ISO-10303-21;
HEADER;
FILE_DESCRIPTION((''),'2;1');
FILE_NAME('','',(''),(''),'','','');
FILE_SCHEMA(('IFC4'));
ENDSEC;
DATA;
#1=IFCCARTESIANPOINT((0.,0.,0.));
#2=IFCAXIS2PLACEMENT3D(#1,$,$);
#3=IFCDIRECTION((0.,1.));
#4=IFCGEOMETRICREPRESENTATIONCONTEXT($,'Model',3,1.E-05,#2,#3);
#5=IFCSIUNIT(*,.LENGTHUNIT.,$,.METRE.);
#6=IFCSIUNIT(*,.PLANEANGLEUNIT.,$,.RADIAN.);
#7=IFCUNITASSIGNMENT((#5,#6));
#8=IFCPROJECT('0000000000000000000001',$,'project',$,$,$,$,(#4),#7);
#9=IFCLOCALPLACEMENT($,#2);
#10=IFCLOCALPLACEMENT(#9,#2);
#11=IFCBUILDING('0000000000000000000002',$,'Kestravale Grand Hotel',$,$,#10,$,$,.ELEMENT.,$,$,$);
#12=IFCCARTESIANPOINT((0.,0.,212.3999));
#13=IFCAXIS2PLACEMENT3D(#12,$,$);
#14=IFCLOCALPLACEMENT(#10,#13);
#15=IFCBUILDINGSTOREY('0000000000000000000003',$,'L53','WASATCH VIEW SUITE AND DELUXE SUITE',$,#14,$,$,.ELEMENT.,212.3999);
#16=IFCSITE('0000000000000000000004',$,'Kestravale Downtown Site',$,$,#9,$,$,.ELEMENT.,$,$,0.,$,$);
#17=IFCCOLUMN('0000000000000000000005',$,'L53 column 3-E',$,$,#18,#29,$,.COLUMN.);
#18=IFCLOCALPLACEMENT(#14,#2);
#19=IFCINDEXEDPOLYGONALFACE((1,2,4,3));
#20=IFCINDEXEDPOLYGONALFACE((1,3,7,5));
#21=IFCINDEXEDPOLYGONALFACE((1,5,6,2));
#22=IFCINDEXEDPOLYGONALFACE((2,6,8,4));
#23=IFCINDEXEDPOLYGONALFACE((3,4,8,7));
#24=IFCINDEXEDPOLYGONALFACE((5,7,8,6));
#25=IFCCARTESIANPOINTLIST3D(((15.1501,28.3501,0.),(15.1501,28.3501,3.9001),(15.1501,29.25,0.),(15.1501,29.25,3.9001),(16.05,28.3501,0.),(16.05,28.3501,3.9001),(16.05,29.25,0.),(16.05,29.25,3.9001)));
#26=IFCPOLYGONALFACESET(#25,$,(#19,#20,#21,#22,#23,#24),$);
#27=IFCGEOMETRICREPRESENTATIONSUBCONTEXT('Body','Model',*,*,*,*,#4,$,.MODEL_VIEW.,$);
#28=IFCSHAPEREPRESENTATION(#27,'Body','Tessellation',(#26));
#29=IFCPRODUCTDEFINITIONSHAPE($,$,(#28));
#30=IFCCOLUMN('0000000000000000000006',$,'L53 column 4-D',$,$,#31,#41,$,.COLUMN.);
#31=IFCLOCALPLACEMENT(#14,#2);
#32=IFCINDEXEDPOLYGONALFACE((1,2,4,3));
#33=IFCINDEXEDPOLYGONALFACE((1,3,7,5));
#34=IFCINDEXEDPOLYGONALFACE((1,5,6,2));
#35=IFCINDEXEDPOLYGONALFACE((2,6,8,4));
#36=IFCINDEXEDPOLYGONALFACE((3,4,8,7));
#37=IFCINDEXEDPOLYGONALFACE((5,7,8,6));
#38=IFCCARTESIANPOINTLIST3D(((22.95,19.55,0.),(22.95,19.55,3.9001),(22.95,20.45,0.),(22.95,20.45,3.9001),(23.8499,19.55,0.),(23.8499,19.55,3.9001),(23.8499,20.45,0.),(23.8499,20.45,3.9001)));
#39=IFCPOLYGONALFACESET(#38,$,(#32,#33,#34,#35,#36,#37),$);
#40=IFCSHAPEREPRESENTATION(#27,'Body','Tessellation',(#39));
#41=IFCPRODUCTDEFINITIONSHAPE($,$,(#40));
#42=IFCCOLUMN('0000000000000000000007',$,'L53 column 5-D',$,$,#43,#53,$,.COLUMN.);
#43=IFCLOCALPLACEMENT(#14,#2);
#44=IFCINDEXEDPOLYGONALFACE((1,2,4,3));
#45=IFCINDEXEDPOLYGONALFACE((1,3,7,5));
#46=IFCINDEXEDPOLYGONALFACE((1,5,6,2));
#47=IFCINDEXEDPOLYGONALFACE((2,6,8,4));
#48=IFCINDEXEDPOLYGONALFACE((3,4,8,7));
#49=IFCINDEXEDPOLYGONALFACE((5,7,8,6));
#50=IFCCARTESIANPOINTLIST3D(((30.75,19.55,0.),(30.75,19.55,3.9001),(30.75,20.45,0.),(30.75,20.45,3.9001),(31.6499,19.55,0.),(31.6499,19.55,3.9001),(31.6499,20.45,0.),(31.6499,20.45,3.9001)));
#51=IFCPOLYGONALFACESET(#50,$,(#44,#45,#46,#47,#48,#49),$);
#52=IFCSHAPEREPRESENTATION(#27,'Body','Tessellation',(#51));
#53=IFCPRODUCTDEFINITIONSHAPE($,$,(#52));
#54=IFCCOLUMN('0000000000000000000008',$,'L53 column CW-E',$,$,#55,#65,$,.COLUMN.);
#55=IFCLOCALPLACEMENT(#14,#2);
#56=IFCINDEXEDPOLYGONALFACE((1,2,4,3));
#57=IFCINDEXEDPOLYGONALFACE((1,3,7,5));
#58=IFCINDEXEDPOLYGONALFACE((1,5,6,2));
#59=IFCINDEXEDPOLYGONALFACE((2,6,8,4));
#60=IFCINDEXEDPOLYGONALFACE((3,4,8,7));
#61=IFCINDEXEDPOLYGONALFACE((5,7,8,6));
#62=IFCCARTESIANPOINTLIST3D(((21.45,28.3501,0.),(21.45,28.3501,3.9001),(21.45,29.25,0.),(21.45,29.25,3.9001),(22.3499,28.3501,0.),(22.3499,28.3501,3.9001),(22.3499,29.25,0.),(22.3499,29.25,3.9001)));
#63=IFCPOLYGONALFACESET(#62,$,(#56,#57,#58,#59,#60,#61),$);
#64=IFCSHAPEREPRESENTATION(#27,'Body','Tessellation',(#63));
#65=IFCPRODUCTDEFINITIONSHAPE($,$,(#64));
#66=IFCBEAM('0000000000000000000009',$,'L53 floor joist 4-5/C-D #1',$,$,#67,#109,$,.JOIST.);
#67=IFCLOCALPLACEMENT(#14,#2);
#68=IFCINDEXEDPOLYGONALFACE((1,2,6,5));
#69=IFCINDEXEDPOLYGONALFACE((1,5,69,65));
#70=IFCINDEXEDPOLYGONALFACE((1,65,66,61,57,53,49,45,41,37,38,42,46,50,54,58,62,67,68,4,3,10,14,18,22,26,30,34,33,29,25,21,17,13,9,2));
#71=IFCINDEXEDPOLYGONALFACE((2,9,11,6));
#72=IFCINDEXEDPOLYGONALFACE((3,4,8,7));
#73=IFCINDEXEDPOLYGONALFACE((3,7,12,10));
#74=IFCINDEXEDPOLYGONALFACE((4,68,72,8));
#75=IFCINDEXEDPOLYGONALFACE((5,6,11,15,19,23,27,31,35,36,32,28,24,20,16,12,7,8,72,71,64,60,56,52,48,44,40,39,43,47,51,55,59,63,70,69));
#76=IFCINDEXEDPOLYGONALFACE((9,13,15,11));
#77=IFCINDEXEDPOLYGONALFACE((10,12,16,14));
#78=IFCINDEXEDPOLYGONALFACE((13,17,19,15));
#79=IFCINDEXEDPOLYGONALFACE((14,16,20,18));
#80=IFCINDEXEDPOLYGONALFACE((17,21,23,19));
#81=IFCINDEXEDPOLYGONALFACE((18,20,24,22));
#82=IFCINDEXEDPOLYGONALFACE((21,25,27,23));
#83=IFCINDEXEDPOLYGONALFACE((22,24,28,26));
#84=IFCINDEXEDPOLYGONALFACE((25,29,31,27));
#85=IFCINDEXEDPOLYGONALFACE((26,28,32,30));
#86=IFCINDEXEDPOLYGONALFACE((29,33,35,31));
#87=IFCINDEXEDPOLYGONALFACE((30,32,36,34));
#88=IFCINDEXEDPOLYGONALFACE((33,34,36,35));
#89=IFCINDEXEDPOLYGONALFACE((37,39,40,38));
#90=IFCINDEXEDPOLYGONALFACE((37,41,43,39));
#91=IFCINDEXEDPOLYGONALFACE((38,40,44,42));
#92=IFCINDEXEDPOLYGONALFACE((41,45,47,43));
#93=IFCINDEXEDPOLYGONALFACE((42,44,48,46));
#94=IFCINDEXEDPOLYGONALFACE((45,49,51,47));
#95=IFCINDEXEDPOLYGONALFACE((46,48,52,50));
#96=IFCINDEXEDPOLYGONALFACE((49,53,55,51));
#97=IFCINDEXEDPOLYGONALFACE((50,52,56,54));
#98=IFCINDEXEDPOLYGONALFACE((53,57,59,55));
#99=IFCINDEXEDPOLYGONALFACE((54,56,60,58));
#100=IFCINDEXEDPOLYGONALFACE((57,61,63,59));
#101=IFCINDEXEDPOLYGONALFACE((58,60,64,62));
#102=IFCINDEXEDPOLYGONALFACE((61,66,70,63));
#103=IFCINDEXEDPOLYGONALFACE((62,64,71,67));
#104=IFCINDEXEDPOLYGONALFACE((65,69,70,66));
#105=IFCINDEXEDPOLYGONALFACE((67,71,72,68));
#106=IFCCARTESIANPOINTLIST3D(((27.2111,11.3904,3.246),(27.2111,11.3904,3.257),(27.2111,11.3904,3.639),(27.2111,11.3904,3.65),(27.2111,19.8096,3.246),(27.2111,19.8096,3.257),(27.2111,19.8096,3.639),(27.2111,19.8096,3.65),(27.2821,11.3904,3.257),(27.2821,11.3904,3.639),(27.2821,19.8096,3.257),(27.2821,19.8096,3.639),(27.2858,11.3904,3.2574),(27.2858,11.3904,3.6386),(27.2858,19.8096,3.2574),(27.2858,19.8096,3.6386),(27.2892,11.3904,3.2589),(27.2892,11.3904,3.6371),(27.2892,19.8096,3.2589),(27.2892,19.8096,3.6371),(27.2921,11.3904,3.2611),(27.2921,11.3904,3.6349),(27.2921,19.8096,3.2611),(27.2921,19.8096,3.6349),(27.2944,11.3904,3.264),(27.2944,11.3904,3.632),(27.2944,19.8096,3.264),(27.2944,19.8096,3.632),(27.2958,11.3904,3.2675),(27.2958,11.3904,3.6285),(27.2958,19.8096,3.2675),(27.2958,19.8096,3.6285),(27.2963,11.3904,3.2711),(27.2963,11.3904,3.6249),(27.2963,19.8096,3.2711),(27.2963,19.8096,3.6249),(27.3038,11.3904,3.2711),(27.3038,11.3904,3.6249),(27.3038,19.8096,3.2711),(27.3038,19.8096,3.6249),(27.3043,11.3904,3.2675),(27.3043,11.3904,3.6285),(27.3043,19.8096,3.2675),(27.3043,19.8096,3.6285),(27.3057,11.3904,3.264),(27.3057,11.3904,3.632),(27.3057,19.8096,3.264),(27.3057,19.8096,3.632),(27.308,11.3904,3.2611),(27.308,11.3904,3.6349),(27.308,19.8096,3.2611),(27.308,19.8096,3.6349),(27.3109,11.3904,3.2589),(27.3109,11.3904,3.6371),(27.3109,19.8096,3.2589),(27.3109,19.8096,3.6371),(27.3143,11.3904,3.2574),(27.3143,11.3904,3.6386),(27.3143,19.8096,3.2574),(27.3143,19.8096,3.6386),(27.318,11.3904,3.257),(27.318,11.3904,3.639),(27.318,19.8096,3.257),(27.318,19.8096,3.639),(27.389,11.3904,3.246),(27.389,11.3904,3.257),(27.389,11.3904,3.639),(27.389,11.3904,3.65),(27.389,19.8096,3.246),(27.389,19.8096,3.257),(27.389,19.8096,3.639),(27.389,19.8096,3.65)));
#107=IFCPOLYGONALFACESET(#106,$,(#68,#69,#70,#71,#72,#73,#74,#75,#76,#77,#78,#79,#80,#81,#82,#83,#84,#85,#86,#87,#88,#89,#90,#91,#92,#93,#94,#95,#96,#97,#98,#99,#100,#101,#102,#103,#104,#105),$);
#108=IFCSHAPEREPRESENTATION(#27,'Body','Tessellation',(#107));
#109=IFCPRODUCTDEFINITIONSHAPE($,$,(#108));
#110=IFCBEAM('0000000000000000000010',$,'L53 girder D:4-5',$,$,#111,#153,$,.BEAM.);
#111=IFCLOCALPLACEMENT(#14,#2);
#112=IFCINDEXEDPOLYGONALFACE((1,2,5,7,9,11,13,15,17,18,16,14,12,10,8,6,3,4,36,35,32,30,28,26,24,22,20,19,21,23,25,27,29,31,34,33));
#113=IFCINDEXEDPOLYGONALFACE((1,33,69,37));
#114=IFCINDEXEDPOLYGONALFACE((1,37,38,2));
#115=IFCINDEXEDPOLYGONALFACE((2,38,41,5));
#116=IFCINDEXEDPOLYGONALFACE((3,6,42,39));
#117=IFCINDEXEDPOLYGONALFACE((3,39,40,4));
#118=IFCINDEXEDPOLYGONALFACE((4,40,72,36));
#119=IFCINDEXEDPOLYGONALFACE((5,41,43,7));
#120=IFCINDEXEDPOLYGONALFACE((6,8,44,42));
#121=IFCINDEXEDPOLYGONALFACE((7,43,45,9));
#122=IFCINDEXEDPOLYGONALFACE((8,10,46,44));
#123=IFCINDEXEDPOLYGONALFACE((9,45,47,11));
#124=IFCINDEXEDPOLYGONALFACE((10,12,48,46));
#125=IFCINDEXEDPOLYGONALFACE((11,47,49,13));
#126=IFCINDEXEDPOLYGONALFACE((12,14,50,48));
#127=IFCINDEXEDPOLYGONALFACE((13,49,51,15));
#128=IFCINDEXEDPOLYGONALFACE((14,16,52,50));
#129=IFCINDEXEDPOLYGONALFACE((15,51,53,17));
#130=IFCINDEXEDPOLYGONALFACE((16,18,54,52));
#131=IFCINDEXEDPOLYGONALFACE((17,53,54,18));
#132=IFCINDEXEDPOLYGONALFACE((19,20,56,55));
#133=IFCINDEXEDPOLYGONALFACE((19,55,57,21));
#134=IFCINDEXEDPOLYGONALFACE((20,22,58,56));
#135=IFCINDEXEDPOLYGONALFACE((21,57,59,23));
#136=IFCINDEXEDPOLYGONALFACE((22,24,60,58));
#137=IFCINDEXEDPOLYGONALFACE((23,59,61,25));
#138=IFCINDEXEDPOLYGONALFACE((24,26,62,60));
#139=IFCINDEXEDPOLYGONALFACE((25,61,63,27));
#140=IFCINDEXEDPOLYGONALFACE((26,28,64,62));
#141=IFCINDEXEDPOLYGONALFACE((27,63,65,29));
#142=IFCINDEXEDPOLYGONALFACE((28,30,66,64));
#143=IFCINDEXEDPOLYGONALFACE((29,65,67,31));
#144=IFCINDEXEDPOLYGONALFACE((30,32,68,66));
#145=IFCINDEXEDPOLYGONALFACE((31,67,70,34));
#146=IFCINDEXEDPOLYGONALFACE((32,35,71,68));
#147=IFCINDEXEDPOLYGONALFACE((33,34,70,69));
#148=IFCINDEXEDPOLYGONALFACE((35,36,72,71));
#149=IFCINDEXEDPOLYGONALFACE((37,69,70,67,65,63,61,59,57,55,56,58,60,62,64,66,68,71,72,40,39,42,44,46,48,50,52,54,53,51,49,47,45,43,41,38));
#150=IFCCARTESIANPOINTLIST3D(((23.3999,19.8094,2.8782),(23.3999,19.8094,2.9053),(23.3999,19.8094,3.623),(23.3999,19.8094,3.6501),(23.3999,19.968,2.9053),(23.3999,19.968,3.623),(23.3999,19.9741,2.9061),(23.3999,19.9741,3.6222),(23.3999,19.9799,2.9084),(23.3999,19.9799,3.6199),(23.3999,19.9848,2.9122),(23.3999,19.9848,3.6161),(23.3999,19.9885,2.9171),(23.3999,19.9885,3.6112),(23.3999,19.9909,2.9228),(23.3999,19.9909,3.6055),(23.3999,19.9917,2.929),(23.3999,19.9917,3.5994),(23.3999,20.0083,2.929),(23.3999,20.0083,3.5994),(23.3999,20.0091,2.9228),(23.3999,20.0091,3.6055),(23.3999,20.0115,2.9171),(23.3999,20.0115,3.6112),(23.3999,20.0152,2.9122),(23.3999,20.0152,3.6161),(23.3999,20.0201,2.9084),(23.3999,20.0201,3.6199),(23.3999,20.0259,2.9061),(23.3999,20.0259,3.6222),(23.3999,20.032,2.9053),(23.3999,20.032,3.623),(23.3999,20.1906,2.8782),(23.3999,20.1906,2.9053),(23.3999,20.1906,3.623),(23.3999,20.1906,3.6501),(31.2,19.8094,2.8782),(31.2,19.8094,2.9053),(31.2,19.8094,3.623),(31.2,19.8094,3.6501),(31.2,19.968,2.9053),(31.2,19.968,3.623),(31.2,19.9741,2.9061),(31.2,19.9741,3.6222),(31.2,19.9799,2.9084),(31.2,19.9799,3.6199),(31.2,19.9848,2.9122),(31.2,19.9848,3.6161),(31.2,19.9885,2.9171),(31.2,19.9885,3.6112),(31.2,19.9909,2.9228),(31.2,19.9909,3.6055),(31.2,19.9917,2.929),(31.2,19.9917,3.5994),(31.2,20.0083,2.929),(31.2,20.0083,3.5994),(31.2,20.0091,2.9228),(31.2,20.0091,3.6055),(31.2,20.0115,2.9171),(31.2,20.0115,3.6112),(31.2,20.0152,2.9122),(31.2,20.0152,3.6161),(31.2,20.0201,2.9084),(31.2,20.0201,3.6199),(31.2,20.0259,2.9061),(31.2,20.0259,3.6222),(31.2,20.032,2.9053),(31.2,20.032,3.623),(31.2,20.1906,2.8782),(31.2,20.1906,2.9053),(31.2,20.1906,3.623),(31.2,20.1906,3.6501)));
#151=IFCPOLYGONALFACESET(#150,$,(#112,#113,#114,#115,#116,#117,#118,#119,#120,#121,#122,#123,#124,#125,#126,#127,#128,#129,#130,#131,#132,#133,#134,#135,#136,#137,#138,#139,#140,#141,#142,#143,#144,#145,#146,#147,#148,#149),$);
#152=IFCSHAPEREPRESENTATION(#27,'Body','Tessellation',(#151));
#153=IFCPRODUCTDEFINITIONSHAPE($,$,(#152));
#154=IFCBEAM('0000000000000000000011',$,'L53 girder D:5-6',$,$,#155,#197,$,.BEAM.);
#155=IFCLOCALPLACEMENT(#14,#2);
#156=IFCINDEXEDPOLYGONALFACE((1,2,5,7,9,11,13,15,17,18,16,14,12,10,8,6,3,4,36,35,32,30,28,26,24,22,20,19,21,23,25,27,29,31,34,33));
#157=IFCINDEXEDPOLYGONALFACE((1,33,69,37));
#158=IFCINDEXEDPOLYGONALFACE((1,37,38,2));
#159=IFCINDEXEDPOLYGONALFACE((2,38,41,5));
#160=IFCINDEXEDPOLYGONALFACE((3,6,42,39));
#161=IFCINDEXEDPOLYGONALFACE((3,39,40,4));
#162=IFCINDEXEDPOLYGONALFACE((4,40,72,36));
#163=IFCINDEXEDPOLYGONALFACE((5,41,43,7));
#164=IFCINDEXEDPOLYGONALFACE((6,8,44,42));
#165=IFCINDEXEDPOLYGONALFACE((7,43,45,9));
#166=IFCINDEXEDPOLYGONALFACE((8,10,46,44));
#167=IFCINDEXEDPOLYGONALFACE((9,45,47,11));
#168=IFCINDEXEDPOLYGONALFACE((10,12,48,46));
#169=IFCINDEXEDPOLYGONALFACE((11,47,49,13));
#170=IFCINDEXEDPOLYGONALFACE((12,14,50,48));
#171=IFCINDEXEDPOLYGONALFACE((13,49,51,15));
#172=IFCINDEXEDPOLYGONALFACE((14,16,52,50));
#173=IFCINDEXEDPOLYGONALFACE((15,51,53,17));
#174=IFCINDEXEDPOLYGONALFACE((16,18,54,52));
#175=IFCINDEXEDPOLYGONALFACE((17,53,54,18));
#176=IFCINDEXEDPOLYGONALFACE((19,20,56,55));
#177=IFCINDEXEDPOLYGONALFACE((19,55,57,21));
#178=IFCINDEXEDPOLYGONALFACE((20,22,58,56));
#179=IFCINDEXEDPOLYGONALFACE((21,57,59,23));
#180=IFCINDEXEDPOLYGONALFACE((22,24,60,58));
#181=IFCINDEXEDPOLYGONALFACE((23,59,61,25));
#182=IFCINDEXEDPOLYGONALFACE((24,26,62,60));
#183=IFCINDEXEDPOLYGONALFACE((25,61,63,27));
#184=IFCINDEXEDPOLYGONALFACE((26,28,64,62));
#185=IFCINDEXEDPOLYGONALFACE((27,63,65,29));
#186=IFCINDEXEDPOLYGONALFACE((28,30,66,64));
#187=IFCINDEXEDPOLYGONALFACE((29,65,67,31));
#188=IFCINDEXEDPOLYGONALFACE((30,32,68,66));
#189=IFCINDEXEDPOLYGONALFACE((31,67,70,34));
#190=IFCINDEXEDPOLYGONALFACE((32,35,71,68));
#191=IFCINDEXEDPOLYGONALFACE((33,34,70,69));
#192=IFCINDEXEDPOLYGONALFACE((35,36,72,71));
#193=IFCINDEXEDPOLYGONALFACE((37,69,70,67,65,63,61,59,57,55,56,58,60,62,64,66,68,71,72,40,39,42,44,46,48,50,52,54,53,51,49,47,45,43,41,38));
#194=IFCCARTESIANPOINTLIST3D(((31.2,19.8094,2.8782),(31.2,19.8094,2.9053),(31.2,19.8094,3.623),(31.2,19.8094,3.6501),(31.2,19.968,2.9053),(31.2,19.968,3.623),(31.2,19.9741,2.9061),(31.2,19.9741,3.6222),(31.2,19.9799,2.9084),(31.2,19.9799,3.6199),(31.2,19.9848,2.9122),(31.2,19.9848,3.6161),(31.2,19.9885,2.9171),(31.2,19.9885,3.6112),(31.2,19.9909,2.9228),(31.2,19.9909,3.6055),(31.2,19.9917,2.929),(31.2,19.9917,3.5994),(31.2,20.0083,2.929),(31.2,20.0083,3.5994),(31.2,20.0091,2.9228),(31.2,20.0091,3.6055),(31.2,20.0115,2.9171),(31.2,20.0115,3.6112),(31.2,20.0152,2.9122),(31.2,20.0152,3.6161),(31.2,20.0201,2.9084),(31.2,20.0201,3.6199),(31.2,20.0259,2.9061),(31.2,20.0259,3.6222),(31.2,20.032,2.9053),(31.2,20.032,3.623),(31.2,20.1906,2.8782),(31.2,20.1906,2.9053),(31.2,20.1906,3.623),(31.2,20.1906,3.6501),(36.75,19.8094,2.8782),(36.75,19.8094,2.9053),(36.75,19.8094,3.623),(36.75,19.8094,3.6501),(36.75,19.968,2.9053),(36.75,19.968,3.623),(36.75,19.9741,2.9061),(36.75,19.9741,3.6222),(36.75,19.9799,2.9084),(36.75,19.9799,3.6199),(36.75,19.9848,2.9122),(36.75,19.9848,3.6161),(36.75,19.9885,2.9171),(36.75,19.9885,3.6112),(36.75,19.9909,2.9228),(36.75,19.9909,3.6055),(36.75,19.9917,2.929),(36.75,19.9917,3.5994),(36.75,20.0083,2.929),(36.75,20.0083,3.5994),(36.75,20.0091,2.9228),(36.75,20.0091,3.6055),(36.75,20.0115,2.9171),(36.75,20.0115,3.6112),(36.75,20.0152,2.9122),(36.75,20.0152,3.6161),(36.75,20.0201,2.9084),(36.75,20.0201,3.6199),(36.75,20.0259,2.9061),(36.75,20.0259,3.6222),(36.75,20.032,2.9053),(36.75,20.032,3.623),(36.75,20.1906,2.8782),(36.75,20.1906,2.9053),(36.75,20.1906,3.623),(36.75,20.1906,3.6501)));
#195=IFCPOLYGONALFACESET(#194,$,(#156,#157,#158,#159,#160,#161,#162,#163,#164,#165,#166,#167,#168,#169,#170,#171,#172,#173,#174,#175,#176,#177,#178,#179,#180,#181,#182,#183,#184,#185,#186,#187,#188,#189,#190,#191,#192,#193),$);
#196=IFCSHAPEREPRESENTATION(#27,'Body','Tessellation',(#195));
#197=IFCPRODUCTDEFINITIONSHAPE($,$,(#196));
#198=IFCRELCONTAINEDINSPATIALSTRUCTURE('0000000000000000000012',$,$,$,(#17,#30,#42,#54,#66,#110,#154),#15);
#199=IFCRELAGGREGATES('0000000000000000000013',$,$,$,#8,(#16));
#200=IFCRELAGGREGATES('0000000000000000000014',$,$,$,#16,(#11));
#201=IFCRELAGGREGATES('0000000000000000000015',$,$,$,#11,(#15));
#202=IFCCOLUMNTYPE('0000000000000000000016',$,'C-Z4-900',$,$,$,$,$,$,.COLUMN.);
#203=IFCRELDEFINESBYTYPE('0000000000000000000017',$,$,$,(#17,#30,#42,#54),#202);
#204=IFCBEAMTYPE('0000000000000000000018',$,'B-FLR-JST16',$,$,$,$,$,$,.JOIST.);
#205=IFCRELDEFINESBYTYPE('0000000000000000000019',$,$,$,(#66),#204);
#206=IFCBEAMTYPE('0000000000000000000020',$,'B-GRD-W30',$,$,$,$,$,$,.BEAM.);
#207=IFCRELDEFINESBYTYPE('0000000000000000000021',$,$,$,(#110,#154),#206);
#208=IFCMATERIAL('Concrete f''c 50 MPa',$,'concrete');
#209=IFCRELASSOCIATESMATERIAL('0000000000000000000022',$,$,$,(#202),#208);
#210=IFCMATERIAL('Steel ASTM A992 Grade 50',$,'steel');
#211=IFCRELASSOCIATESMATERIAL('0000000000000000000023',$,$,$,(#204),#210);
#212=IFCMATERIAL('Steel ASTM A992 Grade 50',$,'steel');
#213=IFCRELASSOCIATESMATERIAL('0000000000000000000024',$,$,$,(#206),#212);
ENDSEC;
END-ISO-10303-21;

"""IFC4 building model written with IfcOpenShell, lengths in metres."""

from ifc_helpers import new_model, si_unit, direction, frame, origin, origin_2d, place, context, subcontext, project, spatial, rectangle, i_section, extrude, material, material_profile, profile_set, type_object, element, save


model = new_model("IFC4")

# Units and contexts
model_context = context("Model", 3, precision=1e-05, world=origin(), true_north=direction((0.0, 1.0)))
body_context = subcontext(model_context, "Body", "Model", "MODEL_VIEW")
ifc_project = project(units=[si_unit("LENGTHUNIT", "METRE"), si_unit("PLANEANGLEUNIT", "RADIAN")], contexts=[model_context])

# Site, building, storey
site_placement = place(None, origin())
site = spatial("IfcSite", under=ifc_project, at=site_placement, Name="Kestravale Downtown Site", CompositionType="ELEMENT", RefElevation=0.0)
building_placement = place(site_placement, origin())
building = spatial("IfcBuilding", under=site, at=building_placement, Name="Kestravale Grand Hotel", CompositionType="ELEMENT")
storey_placement = place(building_placement, frame((0.0, 0.0, 212.3999)))
storey = spatial("IfcBuildingStorey", under=building, at=storey_placement, Name="L53", Description="WASATCH VIEW SUITE AND DELUXE SUITE", CompositionType="ELEMENT", Elevation=212.3999)

# Columns
ifc_material_1 = material(Name="Concrete f'c 50 MPa", Category="concrete")
ifc_material_profile_1 = material_profile(ifc_material_1, rectangle(XDim=0.8999, YDim=0.8999, at=origin_2d()))
ifc_profile_set_1 = profile_set([ifc_material_profile_1], Name="Concrete f'c 50 MPa")
column_type = type_object("IfcColumnType", Name="C-Z4-900", PredefinedType="COLUMN", material=ifc_profile_set_1)
for number, where, z_axis, x_axis, name in (
    (1, (15.6001, 28.8, 0.0), (0.0, 0.0, 1.0), (1.0, 0.0, 0.0), "L53 column 3-E"),
    (2, (23.3999, 20.0, 0.0), (0.0, 0.0, 1.0), (1.0, 0.0, 0.0), "L53 column 4-D"),
    (3, (31.2, 20.0, 0.0), (0.0, 0.0, 1.0), (1.0, 0.0, 0.0), "L53 column 5-D"),
    (4, (21.8999, 28.8, 0.0), (0.0, 0.0, 1.0), (1.0, 0.0, 0.0), "L53 column CW-E"),
):
    element("IfcColumn", number, at=place(storey_placement, frame(where, z_axis=z_axis, x_axis=x_axis)), inside=storey, type_object=column_type, Name=name, PredefinedType="COLUMN", context=body_context, shape_type="SweptSolid", body=[
        extrude(rectangle(XDim=0.8999, YDim=0.8999, at=origin_2d()), origin(), (0.0, 0.0, 1.0), 3.9001),
    ])

# Beams
ifc_material_2 = material(Name="Steel ASTM A992 Grade 50", Category="steel")
ifc_material_profile_2 = material_profile(ifc_material_2, i_section(OverallWidth=0.178, OverallDepth=0.4041, WebThickness=0.0076, FlangeThickness=0.011, FilletRadius=0.0142, at=origin_2d()))
ifc_profile_set_2 = profile_set([ifc_material_profile_2], Name="Steel ASTM A992 Grade 50")
beam_type_1 = type_object("IfcBeamType", Name="B-FLR-JST16", PredefinedType="JOIST", material=ifc_profile_set_2)
beam_1_placement = place(storey_placement, frame((27.3, 11.3904, 3.448), z_axis=(0.0, 1.0, 0.0), x_axis=(-1.0, 0.0, 0.0)))
element("IfcBeam", 5, at=beam_1_placement, inside=storey, type_object=beam_type_1, Name="L53 floor joist 4-5/C-D #1", PredefinedType="JOIST", context=body_context, shape_type="SweptSolid", body=[
    extrude(i_section(OverallWidth=0.178, OverallDepth=0.4041, WebThickness=0.0076, FlangeThickness=0.011, FilletRadius=0.0142, at=origin_2d()), origin(), (0.0, 0.0, 1.0), 8.4192),
])
ifc_material_3 = material(Name="Steel ASTM A992 Grade 50", Category="steel")
ifc_material_profile_3 = material_profile(ifc_material_3, i_section(OverallWidth=0.3811, OverallDepth=0.772, WebThickness=0.0166, FlangeThickness=0.0271, FilletRadius=0.0237, at=origin_2d()))
ifc_profile_set_3 = profile_set([ifc_material_profile_3], Name="Steel ASTM A992 Grade 50")
beam_type_2 = type_object("IfcBeamType", Name="B-GRD-W30", PredefinedType="BEAM", material=ifc_profile_set_3)
beam_2_placement = place(storey_placement, frame((23.3999, 20.0, 3.2642), z_axis=(1.0, 0.0, 0.0), x_axis=(0.0, 1.0, 0.0)))
element("IfcBeam", 6, at=beam_2_placement, inside=storey, type_object=beam_type_2, Name="L53 girder D:4-5", PredefinedType="BEAM", context=body_context, shape_type="SweptSolid", body=[
    extrude(i_section(OverallWidth=0.3811, OverallDepth=0.772, WebThickness=0.0166, FlangeThickness=0.0271, FilletRadius=0.0237, at=origin_2d()), origin(), (0.0, 0.0, 1.0), 7.8),
])
beam_3_placement = place(storey_placement, frame((31.2, 20.0, 3.2642), z_axis=(1.0, 0.0, 0.0), x_axis=(0.0, 1.0, 0.0)))
element("IfcBeam", 7, at=beam_3_placement, inside=storey, type_object=beam_type_2, Name="L53 girder D:5-6", PredefinedType="BEAM", context=body_context, shape_type="SweptSolid", body=[
    extrude(i_section(OverallWidth=0.3811, OverallDepth=0.772, WebThickness=0.0166, FlangeThickness=0.0271, FilletRadius=0.0237, at=origin_2d()), origin(), (0.0, 0.0, 1.0), 5.55),
])

save(model, "model.ifc")
